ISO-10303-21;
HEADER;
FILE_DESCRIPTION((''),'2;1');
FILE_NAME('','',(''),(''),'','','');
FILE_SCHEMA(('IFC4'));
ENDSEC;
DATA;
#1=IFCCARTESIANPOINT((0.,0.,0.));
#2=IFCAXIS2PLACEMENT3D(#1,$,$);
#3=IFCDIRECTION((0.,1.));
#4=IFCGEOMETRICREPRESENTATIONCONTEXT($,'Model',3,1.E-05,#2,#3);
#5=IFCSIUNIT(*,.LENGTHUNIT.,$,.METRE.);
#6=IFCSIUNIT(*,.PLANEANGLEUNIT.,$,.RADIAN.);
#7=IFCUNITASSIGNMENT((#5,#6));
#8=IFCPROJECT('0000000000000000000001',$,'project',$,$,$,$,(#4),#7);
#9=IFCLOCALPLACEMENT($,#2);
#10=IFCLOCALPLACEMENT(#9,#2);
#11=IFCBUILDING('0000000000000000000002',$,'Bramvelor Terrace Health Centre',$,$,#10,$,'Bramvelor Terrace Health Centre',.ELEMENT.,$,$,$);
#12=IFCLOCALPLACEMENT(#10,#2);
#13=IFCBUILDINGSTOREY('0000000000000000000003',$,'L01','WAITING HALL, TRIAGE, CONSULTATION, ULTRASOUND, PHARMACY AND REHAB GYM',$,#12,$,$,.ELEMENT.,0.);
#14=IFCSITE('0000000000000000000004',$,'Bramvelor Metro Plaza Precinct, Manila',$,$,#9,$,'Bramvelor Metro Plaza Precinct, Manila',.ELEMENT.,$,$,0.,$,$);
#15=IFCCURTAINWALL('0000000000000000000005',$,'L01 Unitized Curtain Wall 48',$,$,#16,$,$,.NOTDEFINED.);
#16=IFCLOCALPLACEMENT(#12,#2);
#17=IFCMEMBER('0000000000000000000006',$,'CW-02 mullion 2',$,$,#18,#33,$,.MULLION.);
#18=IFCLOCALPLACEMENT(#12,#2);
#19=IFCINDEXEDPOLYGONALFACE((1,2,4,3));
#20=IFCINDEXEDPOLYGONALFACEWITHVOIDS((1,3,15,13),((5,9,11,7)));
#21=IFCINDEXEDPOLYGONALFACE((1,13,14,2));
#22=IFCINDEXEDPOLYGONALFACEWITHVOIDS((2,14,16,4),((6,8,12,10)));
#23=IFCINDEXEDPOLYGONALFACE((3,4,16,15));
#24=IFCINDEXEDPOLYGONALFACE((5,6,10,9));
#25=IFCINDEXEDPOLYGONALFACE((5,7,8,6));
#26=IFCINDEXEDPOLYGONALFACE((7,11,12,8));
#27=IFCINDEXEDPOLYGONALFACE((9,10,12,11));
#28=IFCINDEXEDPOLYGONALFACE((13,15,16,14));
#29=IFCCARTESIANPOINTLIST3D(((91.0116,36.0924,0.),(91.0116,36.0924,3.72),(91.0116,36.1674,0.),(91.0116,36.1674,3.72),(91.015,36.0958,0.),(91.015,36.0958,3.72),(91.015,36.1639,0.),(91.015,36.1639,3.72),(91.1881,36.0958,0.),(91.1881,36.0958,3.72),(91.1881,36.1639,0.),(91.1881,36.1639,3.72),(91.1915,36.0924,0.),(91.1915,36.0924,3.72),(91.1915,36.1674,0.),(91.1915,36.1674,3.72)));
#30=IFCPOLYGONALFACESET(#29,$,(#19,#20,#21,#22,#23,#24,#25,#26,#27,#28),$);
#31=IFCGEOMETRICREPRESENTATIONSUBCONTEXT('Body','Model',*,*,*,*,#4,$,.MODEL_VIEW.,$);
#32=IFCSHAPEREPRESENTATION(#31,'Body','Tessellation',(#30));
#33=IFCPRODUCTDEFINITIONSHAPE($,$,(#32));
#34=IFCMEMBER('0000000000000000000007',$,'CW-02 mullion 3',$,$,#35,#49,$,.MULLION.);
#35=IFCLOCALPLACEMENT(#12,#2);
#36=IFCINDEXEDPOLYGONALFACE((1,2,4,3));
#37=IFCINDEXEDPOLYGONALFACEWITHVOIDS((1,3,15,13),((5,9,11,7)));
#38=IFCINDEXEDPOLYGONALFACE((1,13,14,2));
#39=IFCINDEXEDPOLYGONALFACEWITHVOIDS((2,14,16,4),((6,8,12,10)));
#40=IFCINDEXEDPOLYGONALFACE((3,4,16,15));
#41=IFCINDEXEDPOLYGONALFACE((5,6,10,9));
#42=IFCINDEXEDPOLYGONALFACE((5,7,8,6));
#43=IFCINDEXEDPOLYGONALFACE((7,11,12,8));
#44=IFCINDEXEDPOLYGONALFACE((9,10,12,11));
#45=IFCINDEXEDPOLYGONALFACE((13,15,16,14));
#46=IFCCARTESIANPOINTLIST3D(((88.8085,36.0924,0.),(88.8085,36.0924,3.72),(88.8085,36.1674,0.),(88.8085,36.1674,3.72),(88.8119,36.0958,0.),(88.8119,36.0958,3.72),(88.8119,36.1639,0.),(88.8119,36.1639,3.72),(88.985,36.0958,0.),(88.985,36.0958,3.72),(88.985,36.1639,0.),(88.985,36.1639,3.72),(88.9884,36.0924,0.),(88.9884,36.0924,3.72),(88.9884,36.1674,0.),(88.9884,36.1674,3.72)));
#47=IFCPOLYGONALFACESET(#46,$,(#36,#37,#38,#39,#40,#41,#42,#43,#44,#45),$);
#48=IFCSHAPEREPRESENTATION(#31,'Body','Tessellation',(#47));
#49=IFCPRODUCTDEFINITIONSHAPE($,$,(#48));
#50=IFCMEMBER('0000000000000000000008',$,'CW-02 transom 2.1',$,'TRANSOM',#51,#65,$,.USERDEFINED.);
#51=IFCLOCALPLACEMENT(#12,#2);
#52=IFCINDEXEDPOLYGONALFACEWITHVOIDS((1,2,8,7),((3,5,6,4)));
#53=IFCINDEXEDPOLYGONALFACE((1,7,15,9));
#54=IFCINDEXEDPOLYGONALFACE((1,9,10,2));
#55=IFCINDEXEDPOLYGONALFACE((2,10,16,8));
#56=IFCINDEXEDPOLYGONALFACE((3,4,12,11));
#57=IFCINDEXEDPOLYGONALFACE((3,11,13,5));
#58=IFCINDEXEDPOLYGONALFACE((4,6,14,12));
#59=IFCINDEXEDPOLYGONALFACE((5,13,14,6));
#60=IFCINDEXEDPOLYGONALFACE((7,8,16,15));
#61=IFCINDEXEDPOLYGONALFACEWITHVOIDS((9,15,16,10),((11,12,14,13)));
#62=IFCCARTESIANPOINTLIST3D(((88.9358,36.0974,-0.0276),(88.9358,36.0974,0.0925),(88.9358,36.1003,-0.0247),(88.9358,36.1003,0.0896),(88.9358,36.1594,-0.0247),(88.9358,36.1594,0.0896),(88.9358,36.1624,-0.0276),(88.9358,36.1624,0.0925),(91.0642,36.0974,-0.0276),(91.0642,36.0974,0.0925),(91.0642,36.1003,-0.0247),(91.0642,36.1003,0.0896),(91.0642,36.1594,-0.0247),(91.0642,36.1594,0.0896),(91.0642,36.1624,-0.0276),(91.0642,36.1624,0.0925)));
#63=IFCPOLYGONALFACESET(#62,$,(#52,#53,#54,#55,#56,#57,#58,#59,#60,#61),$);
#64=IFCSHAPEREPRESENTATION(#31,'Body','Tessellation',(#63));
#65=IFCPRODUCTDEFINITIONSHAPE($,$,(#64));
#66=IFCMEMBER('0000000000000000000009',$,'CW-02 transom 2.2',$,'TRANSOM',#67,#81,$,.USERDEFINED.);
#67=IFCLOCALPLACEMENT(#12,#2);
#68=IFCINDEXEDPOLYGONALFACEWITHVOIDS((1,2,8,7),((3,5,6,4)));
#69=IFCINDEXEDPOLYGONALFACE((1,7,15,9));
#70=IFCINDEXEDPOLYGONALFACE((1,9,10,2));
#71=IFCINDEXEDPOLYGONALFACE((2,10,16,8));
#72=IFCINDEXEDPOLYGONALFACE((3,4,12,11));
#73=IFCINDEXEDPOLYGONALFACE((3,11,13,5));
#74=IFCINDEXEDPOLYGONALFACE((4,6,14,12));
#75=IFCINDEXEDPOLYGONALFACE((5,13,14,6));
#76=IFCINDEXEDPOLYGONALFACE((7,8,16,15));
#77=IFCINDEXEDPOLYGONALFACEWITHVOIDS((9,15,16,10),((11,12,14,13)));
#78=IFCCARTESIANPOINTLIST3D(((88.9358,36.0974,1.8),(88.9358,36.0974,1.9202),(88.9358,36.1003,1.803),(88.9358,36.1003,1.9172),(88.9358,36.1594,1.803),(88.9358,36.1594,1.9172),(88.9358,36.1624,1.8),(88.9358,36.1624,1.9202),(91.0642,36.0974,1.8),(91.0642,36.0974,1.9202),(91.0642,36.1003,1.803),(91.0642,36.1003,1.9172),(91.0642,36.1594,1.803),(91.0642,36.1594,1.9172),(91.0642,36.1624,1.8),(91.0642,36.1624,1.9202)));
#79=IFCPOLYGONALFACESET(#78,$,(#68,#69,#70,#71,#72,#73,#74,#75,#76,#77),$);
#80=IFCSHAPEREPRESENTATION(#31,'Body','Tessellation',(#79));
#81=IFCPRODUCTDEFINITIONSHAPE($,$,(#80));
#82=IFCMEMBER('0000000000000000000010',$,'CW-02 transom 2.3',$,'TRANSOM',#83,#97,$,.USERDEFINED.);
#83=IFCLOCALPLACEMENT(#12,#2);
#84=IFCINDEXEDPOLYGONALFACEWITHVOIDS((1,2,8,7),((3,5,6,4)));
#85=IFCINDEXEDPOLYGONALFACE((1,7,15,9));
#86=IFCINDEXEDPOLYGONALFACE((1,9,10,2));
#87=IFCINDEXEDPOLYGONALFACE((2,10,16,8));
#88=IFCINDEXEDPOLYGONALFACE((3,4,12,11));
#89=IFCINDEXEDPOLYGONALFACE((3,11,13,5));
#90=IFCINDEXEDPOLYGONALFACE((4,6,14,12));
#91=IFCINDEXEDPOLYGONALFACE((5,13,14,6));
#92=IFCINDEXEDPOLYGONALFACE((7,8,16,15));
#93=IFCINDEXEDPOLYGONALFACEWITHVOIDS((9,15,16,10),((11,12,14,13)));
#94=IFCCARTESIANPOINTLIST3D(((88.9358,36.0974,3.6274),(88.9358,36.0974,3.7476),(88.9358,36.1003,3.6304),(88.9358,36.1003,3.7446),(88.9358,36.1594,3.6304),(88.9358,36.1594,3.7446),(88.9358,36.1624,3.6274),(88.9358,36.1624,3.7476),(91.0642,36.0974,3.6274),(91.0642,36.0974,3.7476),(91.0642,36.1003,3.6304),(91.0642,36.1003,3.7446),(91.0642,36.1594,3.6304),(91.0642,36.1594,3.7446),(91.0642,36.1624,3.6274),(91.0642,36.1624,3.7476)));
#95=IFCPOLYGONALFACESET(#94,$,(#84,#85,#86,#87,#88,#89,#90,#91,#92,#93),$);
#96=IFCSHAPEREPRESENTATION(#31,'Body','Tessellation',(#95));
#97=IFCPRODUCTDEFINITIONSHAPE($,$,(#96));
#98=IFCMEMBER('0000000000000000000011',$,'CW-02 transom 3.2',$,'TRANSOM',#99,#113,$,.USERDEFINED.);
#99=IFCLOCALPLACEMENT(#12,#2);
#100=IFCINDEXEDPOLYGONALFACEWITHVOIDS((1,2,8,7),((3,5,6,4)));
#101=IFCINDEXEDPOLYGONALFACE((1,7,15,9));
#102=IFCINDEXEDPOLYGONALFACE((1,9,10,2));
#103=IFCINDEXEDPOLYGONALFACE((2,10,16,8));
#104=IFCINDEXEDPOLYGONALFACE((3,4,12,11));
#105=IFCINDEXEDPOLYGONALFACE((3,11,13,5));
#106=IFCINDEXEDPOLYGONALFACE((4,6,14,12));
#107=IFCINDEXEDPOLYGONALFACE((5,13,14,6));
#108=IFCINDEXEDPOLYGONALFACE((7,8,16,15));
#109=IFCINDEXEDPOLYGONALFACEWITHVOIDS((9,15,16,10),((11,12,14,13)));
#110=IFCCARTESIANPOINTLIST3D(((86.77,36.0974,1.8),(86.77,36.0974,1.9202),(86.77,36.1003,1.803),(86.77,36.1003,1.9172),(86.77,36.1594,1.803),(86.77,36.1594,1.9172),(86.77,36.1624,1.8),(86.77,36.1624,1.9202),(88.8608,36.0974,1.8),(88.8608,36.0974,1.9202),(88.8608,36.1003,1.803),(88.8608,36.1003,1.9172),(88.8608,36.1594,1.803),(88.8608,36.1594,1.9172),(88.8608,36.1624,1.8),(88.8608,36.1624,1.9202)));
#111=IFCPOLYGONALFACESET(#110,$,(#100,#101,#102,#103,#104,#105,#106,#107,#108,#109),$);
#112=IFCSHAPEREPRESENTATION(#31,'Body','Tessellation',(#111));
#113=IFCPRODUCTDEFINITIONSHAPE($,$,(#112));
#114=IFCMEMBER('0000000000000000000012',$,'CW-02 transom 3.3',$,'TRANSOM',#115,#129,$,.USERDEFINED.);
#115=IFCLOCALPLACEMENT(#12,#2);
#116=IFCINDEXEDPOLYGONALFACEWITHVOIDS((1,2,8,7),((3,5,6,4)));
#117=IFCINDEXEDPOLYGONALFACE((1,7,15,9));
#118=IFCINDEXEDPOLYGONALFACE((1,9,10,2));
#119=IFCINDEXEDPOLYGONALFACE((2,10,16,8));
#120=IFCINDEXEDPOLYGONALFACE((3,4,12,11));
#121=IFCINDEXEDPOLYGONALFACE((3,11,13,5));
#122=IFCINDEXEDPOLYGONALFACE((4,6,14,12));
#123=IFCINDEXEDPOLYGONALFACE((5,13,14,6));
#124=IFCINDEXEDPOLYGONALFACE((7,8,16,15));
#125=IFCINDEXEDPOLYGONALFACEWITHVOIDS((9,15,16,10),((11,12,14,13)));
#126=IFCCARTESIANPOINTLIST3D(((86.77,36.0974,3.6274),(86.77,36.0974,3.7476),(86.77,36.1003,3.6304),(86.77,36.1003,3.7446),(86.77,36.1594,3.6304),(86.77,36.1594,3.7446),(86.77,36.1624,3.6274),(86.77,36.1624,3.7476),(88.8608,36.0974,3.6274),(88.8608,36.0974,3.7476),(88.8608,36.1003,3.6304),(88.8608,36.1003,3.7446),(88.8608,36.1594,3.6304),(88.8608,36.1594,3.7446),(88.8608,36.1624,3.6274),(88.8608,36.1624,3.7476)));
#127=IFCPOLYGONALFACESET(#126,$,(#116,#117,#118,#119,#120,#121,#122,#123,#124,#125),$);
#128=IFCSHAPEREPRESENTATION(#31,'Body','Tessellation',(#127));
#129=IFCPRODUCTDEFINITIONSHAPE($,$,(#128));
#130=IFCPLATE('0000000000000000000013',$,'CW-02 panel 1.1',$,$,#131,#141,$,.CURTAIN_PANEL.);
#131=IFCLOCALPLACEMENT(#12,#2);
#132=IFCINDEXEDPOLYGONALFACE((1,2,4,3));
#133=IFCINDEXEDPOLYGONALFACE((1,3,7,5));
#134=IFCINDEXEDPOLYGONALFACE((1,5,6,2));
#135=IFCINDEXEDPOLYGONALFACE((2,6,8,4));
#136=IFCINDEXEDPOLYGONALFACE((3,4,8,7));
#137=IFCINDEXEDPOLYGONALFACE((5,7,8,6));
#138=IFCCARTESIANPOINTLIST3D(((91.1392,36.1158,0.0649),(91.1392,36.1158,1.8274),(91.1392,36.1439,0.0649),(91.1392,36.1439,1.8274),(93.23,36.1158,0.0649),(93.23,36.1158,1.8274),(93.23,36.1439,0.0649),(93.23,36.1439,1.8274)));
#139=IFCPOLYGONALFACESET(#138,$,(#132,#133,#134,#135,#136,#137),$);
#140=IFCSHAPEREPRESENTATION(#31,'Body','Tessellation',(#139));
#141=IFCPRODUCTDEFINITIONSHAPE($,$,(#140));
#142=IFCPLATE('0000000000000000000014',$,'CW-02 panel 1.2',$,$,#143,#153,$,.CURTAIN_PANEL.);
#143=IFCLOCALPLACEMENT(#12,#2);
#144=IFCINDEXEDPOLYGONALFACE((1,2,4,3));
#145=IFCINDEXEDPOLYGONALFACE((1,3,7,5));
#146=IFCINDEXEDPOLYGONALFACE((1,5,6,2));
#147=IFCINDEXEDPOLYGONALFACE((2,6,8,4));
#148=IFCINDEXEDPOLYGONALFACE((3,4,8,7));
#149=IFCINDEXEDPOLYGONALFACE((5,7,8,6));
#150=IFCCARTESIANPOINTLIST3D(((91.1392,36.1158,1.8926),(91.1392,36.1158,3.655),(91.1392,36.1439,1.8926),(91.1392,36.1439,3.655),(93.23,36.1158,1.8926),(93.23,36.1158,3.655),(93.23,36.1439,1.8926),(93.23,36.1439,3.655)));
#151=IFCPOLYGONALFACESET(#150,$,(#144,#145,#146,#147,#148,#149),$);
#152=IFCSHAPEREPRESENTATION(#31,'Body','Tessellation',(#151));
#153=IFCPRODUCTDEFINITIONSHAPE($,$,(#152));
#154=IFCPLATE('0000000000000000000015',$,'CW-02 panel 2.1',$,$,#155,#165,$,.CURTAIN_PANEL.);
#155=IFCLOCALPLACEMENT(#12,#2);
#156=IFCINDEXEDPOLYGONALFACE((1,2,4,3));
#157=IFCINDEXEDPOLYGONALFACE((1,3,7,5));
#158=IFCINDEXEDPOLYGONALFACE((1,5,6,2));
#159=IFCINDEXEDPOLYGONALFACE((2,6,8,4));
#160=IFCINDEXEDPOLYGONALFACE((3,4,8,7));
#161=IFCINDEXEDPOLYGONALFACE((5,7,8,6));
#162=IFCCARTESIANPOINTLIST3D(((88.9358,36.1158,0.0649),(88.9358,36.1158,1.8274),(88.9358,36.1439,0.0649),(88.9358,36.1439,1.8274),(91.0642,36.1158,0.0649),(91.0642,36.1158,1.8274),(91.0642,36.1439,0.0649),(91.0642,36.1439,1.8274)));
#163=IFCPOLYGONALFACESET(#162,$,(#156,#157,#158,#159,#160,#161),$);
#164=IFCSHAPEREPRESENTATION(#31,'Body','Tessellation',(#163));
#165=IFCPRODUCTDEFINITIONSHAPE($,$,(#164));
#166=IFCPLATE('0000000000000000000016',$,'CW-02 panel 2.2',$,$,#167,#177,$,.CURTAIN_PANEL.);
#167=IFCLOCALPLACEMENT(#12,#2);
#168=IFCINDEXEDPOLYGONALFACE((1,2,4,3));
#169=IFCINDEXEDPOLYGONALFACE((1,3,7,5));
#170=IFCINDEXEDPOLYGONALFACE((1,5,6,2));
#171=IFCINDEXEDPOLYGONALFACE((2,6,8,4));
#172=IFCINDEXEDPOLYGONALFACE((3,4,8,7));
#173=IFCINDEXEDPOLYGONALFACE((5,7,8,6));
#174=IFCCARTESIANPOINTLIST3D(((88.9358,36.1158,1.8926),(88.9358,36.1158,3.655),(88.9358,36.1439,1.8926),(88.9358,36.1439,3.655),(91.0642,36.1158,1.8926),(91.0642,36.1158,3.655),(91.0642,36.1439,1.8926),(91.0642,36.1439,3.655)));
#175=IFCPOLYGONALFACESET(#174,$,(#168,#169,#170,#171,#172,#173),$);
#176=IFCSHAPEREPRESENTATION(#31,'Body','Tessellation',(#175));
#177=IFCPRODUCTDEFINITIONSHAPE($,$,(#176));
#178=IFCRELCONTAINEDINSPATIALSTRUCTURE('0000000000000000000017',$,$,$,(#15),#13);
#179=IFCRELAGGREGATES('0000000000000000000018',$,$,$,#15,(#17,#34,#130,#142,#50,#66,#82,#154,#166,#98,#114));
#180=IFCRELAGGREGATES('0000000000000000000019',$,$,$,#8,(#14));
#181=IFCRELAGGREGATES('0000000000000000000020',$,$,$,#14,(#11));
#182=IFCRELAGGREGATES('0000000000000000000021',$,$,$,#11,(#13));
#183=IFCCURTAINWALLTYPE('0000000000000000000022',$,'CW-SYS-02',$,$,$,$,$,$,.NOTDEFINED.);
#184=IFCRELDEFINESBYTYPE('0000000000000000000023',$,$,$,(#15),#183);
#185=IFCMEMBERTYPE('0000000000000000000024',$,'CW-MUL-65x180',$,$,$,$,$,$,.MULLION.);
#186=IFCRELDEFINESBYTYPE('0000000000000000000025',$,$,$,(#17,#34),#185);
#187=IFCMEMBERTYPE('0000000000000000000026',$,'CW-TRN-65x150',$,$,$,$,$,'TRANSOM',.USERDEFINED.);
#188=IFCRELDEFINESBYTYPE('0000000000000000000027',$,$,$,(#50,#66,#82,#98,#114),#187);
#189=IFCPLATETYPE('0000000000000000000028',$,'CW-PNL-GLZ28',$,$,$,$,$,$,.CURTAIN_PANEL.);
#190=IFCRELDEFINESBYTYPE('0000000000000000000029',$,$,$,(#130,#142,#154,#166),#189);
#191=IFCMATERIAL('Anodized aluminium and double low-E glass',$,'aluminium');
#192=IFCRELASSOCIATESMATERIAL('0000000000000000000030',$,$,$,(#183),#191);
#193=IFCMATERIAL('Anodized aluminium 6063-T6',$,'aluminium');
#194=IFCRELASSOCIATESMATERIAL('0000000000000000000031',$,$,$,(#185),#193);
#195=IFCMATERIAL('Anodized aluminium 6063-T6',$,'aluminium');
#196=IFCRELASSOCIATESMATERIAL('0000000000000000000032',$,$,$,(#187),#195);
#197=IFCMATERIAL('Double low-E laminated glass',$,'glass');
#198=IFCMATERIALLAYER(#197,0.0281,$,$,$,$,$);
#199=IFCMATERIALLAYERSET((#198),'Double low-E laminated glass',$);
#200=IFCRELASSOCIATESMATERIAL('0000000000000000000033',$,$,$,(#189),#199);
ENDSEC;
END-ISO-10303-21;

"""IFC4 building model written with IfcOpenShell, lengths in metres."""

from ifc_helpers import new_model, si_unit, direction, frame, origin, origin_2d, place, context, subcontext, project, spatial, rectangle, hollow_rectangle, extrude, material, layer, layer_set, material_profile, profile_set, type_object, element, aggregate, save


model = new_model("IFC4")

# Units and contexts
model_context = context("Model", 3, precision=1e-05, world=origin(), true_north=direction((0.0, 1.0)))
body_context = subcontext(model_context, "Body", "Model", "MODEL_VIEW")
ifc_project = project(units=[si_unit("LENGTHUNIT", "METRE"), si_unit("PLANEANGLEUNIT", "RADIAN")], contexts=[model_context])

# Site, building, storey
site_placement = place(None, origin())
site = spatial("IfcSite", under=ifc_project, at=site_placement, Name="Bramvelor Metro Plaza Precinct, Manila", LongName="Bramvelor Metro Plaza Precinct, Manila", CompositionType="ELEMENT", RefElevation=0.0)
building_placement = place(site_placement, origin())
building = spatial("IfcBuilding", under=site, at=building_placement, Name="Bramvelor Terrace Health Centre", LongName="Bramvelor Terrace Health Centre", CompositionType="ELEMENT")
storey_placement = place(building_placement, origin())
storey = spatial("IfcBuildingStorey", under=building, at=storey_placement, Name="L01", Description="WAITING HALL, TRIAGE, CONSULTATION, ULTRASOUND, PHARMACY AND REHAB GYM", CompositionType="ELEMENT", Elevation=0.0)

# Curtain wall, members, plates
ifc_material_1 = material(Name="Anodized aluminium and double low-E glass", Category="aluminium")
curtain_wall_type = type_object("IfcCurtainWallType", Name="CW-SYS-02", PredefinedType="NOTDEFINED", material=ifc_material_1)
curtain_wall_placement = place(storey_placement, origin())
curtain_wall = element("IfcCurtainWall", 1, at=curtain_wall_placement, inside=storey, type_object=curtain_wall_type, Name="L01 Unitized Curtain Wall 48", PredefinedType="NOTDEFINED")
ifc_material_2 = material(Name="Anodized aluminium 6063-T6", Category="aluminium")
ifc_material_profile_1 = material_profile(ifc_material_2, hollow_rectangle(XDim=0.075, YDim=0.1799, WallThickness=0.0034, at=origin_2d()), Name="ALU-MUL 75x180x3.5")
ifc_profile_set_1 = profile_set([ifc_material_profile_1], Name="Anodized aluminium 6063-T6")
member_type_1 = type_object("IfcMemberType", Name="CW-MUL-65x180", PredefinedType="MULLION", material=ifc_profile_set_1)
member_1_placement = place(storey_placement, frame((91.1016, 36.1299, 0.0), z_axis=(0.0, 0.0, 1.0), x_axis=(0.0, -1.0, 0.0)))
member_1 = element("IfcMember", 2, at=member_1_placement, type_object=member_type_1, Name="CW-02 mullion 2", PredefinedType="MULLION", context=body_context, shape_type="SweptSolid", body=[
    extrude(hollow_rectangle(XDim=0.075, YDim=0.1799, WallThickness=0.0034, at=origin_2d()), origin(), (0.0, 0.0, 1.0), 3.72),
])
member_2_placement = place(storey_placement, frame((88.8984, 36.1299, 0.0), z_axis=(0.0, 0.0, 1.0), x_axis=(0.0, -1.0, 0.0)))
member_2 = element("IfcMember", 3, at=member_2_placement, type_object=member_type_1, Name="CW-02 mullion 3", PredefinedType="MULLION", context=body_context, shape_type="SweptSolid", body=[
    extrude(hollow_rectangle(XDim=0.075, YDim=0.1799, WallThickness=0.0034, at=origin_2d()), origin(), (0.0, 0.0, 1.0), 3.72),
])
ifc_material_3 = material(Name="Anodized aluminium 6063-T6", Category="aluminium")
ifc_material_profile_2 = material_profile(ifc_material_3, hollow_rectangle(XDim=0.0649, YDim=0.1201, WallThickness=0.0029, at=origin_2d()), Name="ALU-TRN 65x120x3.0")
ifc_profile_set_2 = profile_set([ifc_material_profile_2], Name="Anodized aluminium 6063-T6")
member_type_2 = type_object("IfcMemberType", Name="CW-TRN-65x150", ElementType="TRANSOM", PredefinedType="USERDEFINED", material=ifc_profile_set_2)
member_3_placement = place(storey_placement, frame((91.0642, 36.1299, 0.0325), z_axis=(-1.0, 0.0, 0.0), x_axis=(0.0, -1.0, 0.0)))
member_3 = element("IfcMember", 4, at=member_3_placement, type_object=member_type_2, Name="CW-02 transom 2.1", ObjectType="TRANSOM", PredefinedType="USERDEFINED", context=body_context, shape_type="SweptSolid", body=[
    extrude(hollow_rectangle(XDim=0.0649, YDim=0.1201, WallThickness=0.0029, at=origin_2d()), origin(), (0.0, 0.0, 1.0), 2.1284),
])
member_4_placement = place(storey_placement, frame((91.0642, 36.1299, 1.8601), z_axis=(-1.0, 0.0, 0.0), x_axis=(0.0, -1.0, 0.0)))
member_4 = element("IfcMember", 5, at=member_4_placement, type_object=member_type_2, Name="CW-02 transom 2.2", ObjectType="TRANSOM", PredefinedType="USERDEFINED", context=body_context, shape_type="SweptSolid", body=[
    extrude(hollow_rectangle(XDim=0.0649, YDim=0.1201, WallThickness=0.0029, at=origin_2d()), origin(), (0.0, 0.0, 1.0), 2.1284),
])
member_5_placement = place(storey_placement, frame((91.0642, 36.1299, 3.6875), z_axis=(-1.0, 0.0, 0.0), x_axis=(0.0, -1.0, 0.0)))
member_5 = element("IfcMember", 6, at=member_5_placement, type_object=member_type_2, Name="CW-02 transom 2.3", ObjectType="TRANSOM", PredefinedType="USERDEFINED", context=body_context, shape_type="SweptSolid", body=[
    extrude(hollow_rectangle(XDim=0.0649, YDim=0.1201, WallThickness=0.0029, at=origin_2d()), origin(), (0.0, 0.0, 1.0), 2.1284),
])
member_6_placement = place(storey_placement, frame((88.8608, 36.1299, 1.8601), z_axis=(-1.0, 0.0, 0.0), x_axis=(0.0, -1.0, 0.0)))
member_6 = element("IfcMember", 7, at=member_6_placement, type_object=member_type_2, Name="CW-02 transom 3.2", ObjectType="TRANSOM", PredefinedType="USERDEFINED", context=body_context, shape_type="SweptSolid", body=[
    extrude(hollow_rectangle(XDim=0.0649, YDim=0.1201, WallThickness=0.0029, at=origin_2d()), origin(), (0.0, 0.0, 1.0), 2.0908),
])
member_7_placement = place(storey_placement, frame((88.8608, 36.1299, 3.6875), z_axis=(-1.0, 0.0, 0.0), x_axis=(0.0, -1.0, 0.0)))
member_7 = element("IfcMember", 8, at=member_7_placement, type_object=member_type_2, Name="CW-02 transom 3.3", ObjectType="TRANSOM", PredefinedType="USERDEFINED", context=body_context, shape_type="SweptSolid", body=[
    extrude(hollow_rectangle(XDim=0.0649, YDim=0.1201, WallThickness=0.0029, at=origin_2d()), origin(), (0.0, 0.0, 1.0), 2.0908),
])
ifc_material_4 = material(Name="Double low-E laminated glass", Category="glass")
ifc_layer_1 = layer(ifc_material_4, 0.0281)
ifc_layer_set_1 = layer_set([ifc_layer_1], Name="Double low-E laminated glass")
plate_type = type_object("IfcPlateType", Name="CW-PNL-GLZ28", PredefinedType="CURTAIN_PANEL", material=ifc_layer_set_1)
plate_1_placement = place(storey_placement, frame((92.1846, 36.1299, 0.0649), z_axis=(0.0, 0.0, 1.0), x_axis=(-1.0, 0.0, 0.0)))
plate_1 = element("IfcPlate", 9, at=plate_1_placement, type_object=plate_type, Name="CW-02 panel 1.1", PredefinedType="CURTAIN_PANEL", context=body_context, shape_type="SweptSolid", body=[
    extrude(rectangle(XDim=2.0908, YDim=0.0281, at=origin_2d()), origin(), (0.0, 0.0, 1.0), 1.7625),
])
plate_2_placement = place(storey_placement, frame((92.1846, 36.1299, 1.8926), z_axis=(0.0, 0.0, 1.0), x_axis=(-1.0, 0.0, 0.0)))
plate_2 = element("IfcPlate", 10, at=plate_2_placement, type_object=plate_type, Name="CW-02 panel 1.2", PredefinedType="CURTAIN_PANEL", context=body_context, shape_type="SweptSolid", body=[
    extrude(rectangle(XDim=2.0908, YDim=0.0281, at=origin_2d()), origin(), (0.0, 0.0, 1.0), 1.7625),
])
plate_3_placement = place(storey_placement, frame((90.0, 36.1299, 0.0649), z_axis=(0.0, 0.0, 1.0), x_axis=(-1.0, 0.0, 0.0)))
plate_3 = element("IfcPlate", 11, at=plate_3_placement, type_object=plate_type, Name="CW-02 panel 2.1", PredefinedType="CURTAIN_PANEL", context=body_context, shape_type="SweptSolid", body=[
    extrude(rectangle(XDim=2.1284, YDim=0.0281, at=origin_2d()), origin(), (0.0, 0.0, 1.0), 1.7625),
])
plate_4_placement = place(storey_placement, frame((90.0, 36.1299, 1.8926), z_axis=(0.0, 0.0, 1.0), x_axis=(-1.0, 0.0, 0.0)))
plate_4 = element("IfcPlate", 12, at=plate_4_placement, type_object=plate_type, Name="CW-02 panel 2.2", PredefinedType="CURTAIN_PANEL", context=body_context, shape_type="SweptSolid", body=[
    extrude(rectangle(XDim=2.1284, YDim=0.0281, at=origin_2d()), origin(), (0.0, 0.0, 1.0), 1.7625),
])
aggregate(curtain_wall, [member_1, member_2, plate_1, plate_2, member_3, member_4, member_5, plate_3, plate_4, member_6, member_7])

save(model, "model.ifc")
